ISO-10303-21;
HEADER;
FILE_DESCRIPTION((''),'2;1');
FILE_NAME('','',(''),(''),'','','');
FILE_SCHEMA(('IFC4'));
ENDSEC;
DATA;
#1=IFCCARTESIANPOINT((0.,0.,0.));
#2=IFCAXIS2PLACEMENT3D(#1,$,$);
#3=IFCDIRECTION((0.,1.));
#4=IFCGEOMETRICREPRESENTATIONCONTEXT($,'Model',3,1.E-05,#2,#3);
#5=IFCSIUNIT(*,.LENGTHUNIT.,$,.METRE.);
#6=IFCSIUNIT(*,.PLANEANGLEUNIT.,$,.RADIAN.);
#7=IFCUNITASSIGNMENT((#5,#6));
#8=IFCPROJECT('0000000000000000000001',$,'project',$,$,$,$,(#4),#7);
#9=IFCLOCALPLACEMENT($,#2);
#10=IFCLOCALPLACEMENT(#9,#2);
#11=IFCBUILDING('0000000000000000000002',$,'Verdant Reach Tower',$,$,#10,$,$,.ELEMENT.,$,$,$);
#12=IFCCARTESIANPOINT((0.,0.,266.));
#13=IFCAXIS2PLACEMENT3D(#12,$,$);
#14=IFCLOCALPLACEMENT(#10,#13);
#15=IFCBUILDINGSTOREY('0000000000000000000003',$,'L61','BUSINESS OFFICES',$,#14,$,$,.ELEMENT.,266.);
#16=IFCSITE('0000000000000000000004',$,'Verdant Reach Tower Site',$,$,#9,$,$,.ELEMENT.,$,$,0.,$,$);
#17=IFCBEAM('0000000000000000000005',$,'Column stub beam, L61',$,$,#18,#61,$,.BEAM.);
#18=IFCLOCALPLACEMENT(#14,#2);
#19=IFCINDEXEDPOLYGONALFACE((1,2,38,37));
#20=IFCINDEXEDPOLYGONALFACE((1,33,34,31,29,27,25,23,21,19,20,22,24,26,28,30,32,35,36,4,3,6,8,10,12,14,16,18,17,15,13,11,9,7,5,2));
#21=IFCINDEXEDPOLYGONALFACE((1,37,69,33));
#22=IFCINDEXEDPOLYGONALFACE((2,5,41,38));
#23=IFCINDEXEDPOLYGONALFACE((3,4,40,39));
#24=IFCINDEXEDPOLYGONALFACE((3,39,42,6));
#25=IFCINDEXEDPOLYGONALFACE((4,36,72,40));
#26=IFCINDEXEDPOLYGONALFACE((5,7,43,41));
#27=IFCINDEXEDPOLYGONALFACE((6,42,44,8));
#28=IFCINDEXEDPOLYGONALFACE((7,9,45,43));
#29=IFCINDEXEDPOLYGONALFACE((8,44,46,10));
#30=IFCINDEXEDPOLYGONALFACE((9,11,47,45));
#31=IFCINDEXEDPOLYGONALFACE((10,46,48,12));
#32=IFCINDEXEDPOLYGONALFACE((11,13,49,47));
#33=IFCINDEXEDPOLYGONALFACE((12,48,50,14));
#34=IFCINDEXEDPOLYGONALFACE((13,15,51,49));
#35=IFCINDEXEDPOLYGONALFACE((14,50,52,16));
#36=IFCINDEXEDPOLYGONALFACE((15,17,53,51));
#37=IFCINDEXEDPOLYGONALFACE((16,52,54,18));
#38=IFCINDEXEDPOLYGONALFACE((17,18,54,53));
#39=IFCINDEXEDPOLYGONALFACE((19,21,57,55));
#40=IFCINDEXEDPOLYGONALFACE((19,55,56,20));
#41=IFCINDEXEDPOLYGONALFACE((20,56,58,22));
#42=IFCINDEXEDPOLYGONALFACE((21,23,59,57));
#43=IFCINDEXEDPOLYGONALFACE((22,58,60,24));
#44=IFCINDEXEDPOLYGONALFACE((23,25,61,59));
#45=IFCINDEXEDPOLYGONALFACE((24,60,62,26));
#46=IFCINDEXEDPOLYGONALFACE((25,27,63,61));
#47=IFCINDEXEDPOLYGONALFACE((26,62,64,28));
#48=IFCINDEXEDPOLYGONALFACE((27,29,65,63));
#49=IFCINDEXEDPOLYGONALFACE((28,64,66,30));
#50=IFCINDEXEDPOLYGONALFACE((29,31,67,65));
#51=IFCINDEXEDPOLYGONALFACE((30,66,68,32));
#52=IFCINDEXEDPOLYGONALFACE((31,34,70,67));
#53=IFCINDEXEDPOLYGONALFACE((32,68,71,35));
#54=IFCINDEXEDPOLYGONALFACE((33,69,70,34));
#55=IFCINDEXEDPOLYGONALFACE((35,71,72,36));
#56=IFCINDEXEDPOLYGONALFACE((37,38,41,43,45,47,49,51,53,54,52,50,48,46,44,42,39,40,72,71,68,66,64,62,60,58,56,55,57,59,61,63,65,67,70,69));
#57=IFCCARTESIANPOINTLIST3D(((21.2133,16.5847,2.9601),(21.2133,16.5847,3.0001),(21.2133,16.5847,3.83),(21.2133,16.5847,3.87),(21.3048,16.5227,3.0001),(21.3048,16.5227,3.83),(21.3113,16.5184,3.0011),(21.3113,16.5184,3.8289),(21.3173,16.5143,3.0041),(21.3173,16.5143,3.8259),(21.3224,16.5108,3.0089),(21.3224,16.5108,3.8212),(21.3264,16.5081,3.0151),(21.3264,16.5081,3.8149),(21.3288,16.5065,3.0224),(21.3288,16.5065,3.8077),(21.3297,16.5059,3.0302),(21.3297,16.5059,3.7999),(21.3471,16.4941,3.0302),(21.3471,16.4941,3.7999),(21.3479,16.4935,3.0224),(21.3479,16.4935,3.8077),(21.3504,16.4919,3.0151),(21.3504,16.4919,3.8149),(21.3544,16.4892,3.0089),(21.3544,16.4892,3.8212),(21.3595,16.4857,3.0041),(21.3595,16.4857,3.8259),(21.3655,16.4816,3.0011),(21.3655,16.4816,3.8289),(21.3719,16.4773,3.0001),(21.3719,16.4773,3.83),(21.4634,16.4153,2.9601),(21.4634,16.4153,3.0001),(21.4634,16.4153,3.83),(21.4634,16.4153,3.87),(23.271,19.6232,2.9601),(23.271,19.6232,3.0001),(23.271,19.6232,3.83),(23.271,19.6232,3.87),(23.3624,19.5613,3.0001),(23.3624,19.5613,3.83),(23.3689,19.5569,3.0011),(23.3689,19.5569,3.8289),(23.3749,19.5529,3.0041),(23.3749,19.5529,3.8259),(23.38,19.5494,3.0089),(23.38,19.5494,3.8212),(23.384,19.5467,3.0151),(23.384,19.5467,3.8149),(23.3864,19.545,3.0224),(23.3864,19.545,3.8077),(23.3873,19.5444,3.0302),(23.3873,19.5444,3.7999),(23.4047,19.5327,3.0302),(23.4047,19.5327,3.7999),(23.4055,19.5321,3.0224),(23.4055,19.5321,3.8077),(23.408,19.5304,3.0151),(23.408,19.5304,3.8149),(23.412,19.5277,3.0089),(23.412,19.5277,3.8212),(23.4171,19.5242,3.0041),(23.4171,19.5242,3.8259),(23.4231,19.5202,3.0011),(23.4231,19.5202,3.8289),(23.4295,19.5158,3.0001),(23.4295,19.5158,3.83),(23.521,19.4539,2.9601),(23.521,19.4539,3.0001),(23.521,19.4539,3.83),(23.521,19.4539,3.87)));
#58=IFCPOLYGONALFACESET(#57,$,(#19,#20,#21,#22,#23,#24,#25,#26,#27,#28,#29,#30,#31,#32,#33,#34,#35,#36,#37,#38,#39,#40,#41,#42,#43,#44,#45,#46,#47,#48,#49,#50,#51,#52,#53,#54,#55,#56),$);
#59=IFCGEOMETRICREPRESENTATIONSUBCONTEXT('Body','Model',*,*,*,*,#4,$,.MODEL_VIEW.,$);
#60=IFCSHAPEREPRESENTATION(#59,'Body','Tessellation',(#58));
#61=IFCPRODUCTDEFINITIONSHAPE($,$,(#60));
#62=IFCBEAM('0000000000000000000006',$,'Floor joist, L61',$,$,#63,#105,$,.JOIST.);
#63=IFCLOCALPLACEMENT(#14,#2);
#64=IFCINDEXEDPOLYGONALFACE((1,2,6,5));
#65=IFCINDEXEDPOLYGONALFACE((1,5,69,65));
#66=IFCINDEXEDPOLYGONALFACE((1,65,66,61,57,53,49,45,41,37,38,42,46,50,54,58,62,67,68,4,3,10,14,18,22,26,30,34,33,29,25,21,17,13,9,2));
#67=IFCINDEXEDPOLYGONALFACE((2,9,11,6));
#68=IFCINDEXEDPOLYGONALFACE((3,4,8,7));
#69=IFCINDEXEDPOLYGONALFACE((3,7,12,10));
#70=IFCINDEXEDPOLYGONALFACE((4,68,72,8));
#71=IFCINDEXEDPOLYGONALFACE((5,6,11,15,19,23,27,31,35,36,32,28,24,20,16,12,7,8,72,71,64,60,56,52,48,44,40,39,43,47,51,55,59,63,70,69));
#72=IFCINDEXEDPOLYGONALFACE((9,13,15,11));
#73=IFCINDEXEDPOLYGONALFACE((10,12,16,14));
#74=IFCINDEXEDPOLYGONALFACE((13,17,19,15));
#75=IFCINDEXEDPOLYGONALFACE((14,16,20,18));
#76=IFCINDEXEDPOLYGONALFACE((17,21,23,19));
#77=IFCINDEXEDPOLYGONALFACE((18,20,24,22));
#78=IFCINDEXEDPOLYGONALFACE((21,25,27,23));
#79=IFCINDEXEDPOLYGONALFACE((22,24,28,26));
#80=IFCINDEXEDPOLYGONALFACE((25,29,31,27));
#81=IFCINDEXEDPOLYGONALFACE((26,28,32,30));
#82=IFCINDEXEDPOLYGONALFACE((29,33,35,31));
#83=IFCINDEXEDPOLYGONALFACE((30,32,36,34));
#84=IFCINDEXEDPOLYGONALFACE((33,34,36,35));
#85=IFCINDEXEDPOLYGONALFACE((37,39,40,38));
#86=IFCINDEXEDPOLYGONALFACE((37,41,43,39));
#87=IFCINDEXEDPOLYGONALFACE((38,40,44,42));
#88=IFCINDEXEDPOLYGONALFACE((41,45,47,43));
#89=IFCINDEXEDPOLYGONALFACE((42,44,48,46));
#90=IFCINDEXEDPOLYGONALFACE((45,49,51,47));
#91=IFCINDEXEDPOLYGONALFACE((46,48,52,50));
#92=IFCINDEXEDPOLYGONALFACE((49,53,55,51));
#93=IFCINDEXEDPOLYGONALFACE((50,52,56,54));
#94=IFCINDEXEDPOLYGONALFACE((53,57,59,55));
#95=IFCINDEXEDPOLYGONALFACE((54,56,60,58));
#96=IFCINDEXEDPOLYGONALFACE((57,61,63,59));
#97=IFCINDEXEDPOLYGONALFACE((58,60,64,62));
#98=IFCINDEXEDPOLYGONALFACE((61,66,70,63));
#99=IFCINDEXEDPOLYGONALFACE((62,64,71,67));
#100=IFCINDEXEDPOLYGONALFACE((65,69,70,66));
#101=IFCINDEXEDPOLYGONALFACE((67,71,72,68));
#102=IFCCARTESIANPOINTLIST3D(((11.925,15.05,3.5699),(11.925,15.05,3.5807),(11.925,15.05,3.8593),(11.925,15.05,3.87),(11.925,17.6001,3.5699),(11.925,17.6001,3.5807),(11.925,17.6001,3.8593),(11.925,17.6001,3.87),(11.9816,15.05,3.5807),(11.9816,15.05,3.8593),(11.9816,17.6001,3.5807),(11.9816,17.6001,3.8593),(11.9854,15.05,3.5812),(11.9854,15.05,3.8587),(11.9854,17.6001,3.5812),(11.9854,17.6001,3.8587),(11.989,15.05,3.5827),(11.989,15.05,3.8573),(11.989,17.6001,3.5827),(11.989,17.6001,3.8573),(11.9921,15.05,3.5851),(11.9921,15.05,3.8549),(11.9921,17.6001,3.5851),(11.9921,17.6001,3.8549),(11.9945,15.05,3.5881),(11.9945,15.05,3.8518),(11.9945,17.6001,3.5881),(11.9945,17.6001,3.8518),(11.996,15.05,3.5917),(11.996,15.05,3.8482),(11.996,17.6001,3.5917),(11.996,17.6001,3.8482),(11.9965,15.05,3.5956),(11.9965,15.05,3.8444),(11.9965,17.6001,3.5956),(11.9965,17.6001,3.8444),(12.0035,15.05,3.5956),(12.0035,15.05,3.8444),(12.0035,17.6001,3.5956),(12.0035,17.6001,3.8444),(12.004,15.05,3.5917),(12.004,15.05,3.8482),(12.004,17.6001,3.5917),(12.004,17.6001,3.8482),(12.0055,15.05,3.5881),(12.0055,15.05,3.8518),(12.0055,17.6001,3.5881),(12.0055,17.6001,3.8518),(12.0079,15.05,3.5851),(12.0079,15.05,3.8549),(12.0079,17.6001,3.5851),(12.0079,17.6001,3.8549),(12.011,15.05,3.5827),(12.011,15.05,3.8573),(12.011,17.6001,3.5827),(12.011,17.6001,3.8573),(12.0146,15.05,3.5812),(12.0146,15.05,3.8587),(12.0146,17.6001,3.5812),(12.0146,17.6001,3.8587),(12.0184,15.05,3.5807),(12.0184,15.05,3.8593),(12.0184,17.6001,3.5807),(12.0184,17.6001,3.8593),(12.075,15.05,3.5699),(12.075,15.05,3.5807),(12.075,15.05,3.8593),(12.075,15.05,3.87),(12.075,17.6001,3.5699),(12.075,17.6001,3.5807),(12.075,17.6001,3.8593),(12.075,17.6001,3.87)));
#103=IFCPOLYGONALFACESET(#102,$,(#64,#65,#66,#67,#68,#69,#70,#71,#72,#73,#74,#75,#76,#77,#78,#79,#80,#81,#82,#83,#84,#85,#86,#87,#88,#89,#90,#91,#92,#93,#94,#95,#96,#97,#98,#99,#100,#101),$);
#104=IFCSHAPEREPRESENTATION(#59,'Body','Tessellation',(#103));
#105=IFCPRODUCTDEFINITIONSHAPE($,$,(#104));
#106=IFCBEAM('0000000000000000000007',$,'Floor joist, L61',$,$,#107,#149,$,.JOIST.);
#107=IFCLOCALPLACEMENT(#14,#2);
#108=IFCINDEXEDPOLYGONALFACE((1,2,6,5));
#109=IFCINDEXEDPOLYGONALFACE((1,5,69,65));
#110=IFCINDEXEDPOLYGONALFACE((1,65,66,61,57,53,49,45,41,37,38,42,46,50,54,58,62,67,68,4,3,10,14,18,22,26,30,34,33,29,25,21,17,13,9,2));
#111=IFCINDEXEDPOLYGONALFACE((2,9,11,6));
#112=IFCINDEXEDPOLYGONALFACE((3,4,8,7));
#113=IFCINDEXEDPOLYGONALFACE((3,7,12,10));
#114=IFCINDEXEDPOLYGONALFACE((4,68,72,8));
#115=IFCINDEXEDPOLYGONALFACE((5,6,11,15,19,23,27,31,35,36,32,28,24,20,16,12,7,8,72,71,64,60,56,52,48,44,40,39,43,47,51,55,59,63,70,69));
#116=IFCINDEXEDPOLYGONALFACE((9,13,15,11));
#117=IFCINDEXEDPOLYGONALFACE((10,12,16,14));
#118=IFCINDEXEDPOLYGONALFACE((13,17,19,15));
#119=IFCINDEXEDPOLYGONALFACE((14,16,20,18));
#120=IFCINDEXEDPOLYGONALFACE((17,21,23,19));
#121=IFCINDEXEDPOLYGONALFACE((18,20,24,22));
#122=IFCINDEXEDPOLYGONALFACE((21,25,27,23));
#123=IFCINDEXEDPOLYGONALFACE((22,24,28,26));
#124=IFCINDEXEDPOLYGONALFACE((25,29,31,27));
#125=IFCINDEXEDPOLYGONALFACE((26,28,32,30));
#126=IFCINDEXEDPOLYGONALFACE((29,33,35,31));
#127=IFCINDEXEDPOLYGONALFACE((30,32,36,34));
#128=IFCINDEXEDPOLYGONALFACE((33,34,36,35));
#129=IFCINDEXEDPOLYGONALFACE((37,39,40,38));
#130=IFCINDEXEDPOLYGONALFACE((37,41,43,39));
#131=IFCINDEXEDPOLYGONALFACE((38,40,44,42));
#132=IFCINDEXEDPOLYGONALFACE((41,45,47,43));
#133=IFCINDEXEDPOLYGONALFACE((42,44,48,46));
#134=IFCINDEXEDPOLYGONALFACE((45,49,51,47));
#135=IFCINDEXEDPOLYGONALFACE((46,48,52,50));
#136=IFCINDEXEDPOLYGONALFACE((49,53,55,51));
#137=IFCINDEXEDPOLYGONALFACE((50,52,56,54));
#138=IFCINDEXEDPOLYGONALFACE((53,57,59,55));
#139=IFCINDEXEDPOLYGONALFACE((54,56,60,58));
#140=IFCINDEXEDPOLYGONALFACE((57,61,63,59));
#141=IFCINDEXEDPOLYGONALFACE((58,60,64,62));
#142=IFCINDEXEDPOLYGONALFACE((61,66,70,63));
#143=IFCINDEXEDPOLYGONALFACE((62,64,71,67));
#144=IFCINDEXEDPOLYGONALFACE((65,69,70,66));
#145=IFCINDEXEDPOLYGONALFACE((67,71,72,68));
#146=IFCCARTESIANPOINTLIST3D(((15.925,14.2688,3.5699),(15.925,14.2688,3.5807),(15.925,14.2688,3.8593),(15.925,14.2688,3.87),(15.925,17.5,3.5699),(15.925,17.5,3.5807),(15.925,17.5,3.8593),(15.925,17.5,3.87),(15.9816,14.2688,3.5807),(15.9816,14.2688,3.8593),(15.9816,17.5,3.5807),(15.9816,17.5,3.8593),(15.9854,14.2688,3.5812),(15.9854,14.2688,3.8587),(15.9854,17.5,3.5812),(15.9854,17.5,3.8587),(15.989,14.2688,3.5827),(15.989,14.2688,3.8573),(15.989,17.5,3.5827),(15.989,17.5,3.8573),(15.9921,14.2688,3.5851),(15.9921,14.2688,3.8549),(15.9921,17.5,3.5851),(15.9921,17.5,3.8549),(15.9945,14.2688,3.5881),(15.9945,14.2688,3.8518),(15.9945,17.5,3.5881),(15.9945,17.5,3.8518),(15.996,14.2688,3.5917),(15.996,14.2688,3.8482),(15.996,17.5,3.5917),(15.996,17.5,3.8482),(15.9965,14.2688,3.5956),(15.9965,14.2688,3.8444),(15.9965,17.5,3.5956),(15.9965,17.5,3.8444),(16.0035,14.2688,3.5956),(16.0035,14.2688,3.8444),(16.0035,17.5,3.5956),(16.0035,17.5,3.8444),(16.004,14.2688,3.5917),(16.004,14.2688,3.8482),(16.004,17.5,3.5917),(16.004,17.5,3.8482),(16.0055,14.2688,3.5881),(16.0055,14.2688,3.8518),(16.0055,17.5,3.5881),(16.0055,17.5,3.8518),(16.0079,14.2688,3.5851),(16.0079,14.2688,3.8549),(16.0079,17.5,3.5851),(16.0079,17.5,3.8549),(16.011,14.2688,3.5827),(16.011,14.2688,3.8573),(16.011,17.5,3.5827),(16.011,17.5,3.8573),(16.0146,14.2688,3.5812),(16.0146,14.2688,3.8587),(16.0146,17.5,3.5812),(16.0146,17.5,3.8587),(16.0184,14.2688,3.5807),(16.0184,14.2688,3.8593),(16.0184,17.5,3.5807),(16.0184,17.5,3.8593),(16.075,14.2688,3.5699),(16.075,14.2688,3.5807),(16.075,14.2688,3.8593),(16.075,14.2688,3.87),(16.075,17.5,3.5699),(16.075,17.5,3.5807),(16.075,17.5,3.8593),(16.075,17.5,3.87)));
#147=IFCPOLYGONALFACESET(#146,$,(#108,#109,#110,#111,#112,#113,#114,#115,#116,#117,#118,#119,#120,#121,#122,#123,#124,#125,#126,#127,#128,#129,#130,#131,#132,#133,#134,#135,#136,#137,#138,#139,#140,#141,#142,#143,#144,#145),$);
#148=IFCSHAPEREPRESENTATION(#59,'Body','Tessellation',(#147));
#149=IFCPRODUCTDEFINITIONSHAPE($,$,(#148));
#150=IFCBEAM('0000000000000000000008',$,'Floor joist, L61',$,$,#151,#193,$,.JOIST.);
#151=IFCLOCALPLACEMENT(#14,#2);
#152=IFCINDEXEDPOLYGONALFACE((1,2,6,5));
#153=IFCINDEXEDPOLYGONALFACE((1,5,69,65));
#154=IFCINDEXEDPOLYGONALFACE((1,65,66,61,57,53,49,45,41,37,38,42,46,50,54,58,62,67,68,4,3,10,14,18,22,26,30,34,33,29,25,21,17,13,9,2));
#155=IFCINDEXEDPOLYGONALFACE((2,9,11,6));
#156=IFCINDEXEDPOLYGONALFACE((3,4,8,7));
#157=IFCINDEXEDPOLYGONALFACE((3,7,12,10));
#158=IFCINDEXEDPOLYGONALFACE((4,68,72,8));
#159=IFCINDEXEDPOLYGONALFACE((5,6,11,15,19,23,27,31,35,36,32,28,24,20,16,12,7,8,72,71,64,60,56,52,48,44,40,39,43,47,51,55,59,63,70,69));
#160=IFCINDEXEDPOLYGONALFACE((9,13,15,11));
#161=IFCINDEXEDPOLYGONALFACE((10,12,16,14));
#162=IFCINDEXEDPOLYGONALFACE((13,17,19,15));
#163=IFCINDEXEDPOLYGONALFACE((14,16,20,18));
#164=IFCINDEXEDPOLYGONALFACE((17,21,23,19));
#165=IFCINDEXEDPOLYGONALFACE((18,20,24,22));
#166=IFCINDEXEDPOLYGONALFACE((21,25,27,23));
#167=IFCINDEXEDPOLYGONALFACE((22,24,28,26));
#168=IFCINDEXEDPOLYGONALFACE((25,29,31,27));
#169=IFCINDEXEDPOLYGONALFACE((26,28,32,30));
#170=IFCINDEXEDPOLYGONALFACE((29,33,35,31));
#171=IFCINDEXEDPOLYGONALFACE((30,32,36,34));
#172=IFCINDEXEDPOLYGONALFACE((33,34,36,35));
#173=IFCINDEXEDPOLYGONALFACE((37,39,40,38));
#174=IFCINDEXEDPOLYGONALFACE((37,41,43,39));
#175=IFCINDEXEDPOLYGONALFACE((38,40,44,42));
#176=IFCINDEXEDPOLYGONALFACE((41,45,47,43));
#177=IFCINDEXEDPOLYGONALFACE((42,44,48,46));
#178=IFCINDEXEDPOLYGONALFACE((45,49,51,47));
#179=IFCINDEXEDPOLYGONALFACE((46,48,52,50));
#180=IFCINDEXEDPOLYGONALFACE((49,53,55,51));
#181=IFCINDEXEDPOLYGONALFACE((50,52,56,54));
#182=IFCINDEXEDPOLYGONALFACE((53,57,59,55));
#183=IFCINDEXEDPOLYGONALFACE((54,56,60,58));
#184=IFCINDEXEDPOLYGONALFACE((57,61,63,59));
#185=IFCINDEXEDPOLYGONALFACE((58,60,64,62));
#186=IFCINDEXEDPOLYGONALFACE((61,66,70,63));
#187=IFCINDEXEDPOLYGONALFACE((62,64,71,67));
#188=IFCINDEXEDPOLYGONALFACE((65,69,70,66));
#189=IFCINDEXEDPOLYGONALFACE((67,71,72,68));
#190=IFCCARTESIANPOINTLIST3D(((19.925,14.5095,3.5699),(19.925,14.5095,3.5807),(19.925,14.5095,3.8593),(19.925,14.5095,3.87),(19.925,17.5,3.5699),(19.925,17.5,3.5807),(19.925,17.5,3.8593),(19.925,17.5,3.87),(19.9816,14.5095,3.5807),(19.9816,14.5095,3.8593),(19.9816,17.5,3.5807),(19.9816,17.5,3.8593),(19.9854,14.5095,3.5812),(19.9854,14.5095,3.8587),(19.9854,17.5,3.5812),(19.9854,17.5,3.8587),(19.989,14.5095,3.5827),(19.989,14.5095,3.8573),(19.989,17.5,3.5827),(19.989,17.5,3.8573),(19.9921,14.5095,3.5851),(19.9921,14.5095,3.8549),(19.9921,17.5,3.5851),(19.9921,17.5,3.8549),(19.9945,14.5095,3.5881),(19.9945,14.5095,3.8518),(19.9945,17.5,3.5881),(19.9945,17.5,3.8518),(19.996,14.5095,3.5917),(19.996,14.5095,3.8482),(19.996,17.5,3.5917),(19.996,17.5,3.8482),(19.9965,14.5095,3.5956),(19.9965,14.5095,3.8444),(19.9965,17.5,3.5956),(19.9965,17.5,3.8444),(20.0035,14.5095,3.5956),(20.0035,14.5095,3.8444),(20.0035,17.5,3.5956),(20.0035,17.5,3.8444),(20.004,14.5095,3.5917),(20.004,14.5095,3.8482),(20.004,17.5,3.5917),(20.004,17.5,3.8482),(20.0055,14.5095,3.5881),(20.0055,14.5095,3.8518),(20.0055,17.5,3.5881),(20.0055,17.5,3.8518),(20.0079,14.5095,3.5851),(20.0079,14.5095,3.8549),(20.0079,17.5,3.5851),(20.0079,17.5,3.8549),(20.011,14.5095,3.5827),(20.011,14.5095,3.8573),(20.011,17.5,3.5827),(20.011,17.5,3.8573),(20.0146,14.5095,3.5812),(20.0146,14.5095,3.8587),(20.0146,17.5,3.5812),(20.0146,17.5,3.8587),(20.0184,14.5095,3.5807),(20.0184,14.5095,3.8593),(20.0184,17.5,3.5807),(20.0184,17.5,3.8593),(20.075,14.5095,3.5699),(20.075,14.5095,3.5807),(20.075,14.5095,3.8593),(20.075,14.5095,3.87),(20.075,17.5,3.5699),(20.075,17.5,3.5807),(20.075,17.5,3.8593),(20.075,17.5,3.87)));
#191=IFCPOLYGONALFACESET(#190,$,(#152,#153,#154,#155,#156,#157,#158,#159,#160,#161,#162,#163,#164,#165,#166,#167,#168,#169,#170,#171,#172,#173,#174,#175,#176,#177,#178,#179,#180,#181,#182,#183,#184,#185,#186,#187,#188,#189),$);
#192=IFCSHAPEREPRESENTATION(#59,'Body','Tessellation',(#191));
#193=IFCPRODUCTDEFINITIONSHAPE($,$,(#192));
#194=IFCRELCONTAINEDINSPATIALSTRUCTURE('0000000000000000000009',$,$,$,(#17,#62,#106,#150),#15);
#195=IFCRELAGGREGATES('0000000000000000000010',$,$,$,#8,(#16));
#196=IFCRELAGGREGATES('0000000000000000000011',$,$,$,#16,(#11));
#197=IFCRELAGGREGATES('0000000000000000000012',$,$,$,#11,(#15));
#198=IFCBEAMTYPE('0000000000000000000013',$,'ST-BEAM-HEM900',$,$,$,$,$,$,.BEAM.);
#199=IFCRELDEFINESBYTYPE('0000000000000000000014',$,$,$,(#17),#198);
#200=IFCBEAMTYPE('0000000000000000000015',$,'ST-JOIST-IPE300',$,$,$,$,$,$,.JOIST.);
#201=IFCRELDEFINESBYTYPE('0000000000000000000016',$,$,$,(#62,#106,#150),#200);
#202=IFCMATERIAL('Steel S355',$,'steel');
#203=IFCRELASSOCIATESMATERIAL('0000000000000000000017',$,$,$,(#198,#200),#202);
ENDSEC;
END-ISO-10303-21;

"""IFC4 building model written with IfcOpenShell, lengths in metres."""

from ifc_helpers import new_model, si_unit, direction, frame, origin, origin_2d, place, context, subcontext, project, spatial, i_section, extrude, material, material_profile, profile_set, type_object, element, save


model = new_model("IFC4")

# Units and contexts
model_context = context("Model", 3, precision=1e-05, world=origin(), true_north=direction((0.0, 1.0)))
body_context = subcontext(model_context, "Body", "Model", "MODEL_VIEW")
ifc_project = project(units=[si_unit("LENGTHUNIT", "METRE"), si_unit("PLANEANGLEUNIT", "RADIAN")], contexts=[model_context])

# Site, building, storey
site_placement = place(None, origin())
site = spatial("IfcSite", under=ifc_project, at=site_placement, Name="Verdant Reach Tower Site", CompositionType="ELEMENT", RefElevation=0.0)
building_placement = place(site_placement, origin())
building = spatial("IfcBuilding", under=site, at=building_placement, Name="Verdant Reach Tower", CompositionType="ELEMENT")
storey_placement = place(building_placement, frame((0.0, 0.0, 266.0)))
storey = spatial("IfcBuildingStorey", under=building, at=storey_placement, Name="L61", Description="BUSINESS OFFICES", CompositionType="ELEMENT", Elevation=266.0)

# Beams
ifc_material_1 = material(Name="Steel S355", Category="steel")
ifc_material_profile_1 = material_profile(ifc_material_1, i_section(OverallWidth=0.302, OverallDepth=0.9099, WebThickness=0.021, FlangeThickness=0.04, FilletRadius=0.03, at=origin_2d()), Name="HEM 900")
ifc_profile_set_1 = profile_set([ifc_material_profile_1], Name="Steel S355")
beam_type_1 = type_object("IfcBeamType", Name="ST-BEAM-HEM900", PredefinedType="BEAM", material=ifc_profile_set_1)
beam_1_placement = place(storey_placement, frame((21.3384, 16.5, 3.415), z_axis=(0.560704, 0.828016, 0.0), x_axis=(-0.828016, 0.560704, 0.0)))
element("IfcBeam", 1, at=beam_1_placement, inside=storey, type_object=beam_type_1, Name="Column stub beam, L61", PredefinedType="BEAM", context=body_context, shape_type="SweptSolid", body=[
    extrude(i_section(OverallWidth=0.302, OverallDepth=0.9099, WebThickness=0.021, FlangeThickness=0.04, FilletRadius=0.03, at=origin_2d()), origin(), (0.0, 0.0, 1.0), 3.6697),
])
ifc_material_profile_2 = material_profile(ifc_material_1, i_section(OverallWidth=0.1499, OverallDepth=0.3, WebThickness=0.0071, FlangeThickness=0.0107, FilletRadius=0.0149, at=origin_2d()), Name="IPE 300")
ifc_profile_set_2 = profile_set([ifc_material_profile_2], Name="Steel S355")
beam_type_2 = type_object("IfcBeamType", Name="ST-JOIST-IPE300", PredefinedType="JOIST", material=ifc_profile_set_2)
beam_2_placement = place(storey_placement, frame((12.0, 17.6001, 3.72), z_axis=(0.0, -1.0, 0.0), x_axis=(1.0, 0.0, 0.0)))
element("IfcBeam", 2, at=beam_2_placement, inside=storey, type_object=beam_type_2, Name="Floor joist, L61", PredefinedType="JOIST", context=body_context, shape_type="SweptSolid", body=[
    extrude(i_section(OverallWidth=0.1499, OverallDepth=0.3, WebThickness=0.0071, FlangeThickness=0.0107, FilletRadius=0.0149, at=origin_2d()), origin(), (0.0, 0.0, 1.0), 2.55),
])
beam_3_placement = place(storey_placement, frame((16.0, 17.5, 3.72), z_axis=(0.0, -1.0, 0.0), x_axis=(1.0, 0.0, 0.0)))
element("IfcBeam", 3, at=beam_3_placement, inside=storey, type_object=beam_type_2, Name="Floor joist, L61", PredefinedType="JOIST", context=body_context, shape_type="SweptSolid", body=[
    extrude(i_section(OverallWidth=0.1499, OverallDepth=0.3, WebThickness=0.0071, FlangeThickness=0.0107, FilletRadius=0.0149, at=origin_2d()), origin(), (0.0, 0.0, 1.0), 3.2312),
])
beam_4_placement = place(storey_placement, frame((20.0, 17.5, 3.72), z_axis=(0.0, -1.0, 0.0), x_axis=(1.0, 0.0, 0.0)))
element("IfcBeam", 4, at=beam_4_placement, inside=storey, type_object=beam_type_2, Name="Floor joist, L61", PredefinedType="JOIST", context=body_context, shape_type="SweptSolid", body=[
    extrude(i_section(OverallWidth=0.1499, OverallDepth=0.3, WebThickness=0.0071, FlangeThickness=0.0107, FilletRadius=0.0149, at=origin_2d()), origin(), (0.0, 0.0, 1.0), 2.9905),
])

save(model, "model.ifc")
